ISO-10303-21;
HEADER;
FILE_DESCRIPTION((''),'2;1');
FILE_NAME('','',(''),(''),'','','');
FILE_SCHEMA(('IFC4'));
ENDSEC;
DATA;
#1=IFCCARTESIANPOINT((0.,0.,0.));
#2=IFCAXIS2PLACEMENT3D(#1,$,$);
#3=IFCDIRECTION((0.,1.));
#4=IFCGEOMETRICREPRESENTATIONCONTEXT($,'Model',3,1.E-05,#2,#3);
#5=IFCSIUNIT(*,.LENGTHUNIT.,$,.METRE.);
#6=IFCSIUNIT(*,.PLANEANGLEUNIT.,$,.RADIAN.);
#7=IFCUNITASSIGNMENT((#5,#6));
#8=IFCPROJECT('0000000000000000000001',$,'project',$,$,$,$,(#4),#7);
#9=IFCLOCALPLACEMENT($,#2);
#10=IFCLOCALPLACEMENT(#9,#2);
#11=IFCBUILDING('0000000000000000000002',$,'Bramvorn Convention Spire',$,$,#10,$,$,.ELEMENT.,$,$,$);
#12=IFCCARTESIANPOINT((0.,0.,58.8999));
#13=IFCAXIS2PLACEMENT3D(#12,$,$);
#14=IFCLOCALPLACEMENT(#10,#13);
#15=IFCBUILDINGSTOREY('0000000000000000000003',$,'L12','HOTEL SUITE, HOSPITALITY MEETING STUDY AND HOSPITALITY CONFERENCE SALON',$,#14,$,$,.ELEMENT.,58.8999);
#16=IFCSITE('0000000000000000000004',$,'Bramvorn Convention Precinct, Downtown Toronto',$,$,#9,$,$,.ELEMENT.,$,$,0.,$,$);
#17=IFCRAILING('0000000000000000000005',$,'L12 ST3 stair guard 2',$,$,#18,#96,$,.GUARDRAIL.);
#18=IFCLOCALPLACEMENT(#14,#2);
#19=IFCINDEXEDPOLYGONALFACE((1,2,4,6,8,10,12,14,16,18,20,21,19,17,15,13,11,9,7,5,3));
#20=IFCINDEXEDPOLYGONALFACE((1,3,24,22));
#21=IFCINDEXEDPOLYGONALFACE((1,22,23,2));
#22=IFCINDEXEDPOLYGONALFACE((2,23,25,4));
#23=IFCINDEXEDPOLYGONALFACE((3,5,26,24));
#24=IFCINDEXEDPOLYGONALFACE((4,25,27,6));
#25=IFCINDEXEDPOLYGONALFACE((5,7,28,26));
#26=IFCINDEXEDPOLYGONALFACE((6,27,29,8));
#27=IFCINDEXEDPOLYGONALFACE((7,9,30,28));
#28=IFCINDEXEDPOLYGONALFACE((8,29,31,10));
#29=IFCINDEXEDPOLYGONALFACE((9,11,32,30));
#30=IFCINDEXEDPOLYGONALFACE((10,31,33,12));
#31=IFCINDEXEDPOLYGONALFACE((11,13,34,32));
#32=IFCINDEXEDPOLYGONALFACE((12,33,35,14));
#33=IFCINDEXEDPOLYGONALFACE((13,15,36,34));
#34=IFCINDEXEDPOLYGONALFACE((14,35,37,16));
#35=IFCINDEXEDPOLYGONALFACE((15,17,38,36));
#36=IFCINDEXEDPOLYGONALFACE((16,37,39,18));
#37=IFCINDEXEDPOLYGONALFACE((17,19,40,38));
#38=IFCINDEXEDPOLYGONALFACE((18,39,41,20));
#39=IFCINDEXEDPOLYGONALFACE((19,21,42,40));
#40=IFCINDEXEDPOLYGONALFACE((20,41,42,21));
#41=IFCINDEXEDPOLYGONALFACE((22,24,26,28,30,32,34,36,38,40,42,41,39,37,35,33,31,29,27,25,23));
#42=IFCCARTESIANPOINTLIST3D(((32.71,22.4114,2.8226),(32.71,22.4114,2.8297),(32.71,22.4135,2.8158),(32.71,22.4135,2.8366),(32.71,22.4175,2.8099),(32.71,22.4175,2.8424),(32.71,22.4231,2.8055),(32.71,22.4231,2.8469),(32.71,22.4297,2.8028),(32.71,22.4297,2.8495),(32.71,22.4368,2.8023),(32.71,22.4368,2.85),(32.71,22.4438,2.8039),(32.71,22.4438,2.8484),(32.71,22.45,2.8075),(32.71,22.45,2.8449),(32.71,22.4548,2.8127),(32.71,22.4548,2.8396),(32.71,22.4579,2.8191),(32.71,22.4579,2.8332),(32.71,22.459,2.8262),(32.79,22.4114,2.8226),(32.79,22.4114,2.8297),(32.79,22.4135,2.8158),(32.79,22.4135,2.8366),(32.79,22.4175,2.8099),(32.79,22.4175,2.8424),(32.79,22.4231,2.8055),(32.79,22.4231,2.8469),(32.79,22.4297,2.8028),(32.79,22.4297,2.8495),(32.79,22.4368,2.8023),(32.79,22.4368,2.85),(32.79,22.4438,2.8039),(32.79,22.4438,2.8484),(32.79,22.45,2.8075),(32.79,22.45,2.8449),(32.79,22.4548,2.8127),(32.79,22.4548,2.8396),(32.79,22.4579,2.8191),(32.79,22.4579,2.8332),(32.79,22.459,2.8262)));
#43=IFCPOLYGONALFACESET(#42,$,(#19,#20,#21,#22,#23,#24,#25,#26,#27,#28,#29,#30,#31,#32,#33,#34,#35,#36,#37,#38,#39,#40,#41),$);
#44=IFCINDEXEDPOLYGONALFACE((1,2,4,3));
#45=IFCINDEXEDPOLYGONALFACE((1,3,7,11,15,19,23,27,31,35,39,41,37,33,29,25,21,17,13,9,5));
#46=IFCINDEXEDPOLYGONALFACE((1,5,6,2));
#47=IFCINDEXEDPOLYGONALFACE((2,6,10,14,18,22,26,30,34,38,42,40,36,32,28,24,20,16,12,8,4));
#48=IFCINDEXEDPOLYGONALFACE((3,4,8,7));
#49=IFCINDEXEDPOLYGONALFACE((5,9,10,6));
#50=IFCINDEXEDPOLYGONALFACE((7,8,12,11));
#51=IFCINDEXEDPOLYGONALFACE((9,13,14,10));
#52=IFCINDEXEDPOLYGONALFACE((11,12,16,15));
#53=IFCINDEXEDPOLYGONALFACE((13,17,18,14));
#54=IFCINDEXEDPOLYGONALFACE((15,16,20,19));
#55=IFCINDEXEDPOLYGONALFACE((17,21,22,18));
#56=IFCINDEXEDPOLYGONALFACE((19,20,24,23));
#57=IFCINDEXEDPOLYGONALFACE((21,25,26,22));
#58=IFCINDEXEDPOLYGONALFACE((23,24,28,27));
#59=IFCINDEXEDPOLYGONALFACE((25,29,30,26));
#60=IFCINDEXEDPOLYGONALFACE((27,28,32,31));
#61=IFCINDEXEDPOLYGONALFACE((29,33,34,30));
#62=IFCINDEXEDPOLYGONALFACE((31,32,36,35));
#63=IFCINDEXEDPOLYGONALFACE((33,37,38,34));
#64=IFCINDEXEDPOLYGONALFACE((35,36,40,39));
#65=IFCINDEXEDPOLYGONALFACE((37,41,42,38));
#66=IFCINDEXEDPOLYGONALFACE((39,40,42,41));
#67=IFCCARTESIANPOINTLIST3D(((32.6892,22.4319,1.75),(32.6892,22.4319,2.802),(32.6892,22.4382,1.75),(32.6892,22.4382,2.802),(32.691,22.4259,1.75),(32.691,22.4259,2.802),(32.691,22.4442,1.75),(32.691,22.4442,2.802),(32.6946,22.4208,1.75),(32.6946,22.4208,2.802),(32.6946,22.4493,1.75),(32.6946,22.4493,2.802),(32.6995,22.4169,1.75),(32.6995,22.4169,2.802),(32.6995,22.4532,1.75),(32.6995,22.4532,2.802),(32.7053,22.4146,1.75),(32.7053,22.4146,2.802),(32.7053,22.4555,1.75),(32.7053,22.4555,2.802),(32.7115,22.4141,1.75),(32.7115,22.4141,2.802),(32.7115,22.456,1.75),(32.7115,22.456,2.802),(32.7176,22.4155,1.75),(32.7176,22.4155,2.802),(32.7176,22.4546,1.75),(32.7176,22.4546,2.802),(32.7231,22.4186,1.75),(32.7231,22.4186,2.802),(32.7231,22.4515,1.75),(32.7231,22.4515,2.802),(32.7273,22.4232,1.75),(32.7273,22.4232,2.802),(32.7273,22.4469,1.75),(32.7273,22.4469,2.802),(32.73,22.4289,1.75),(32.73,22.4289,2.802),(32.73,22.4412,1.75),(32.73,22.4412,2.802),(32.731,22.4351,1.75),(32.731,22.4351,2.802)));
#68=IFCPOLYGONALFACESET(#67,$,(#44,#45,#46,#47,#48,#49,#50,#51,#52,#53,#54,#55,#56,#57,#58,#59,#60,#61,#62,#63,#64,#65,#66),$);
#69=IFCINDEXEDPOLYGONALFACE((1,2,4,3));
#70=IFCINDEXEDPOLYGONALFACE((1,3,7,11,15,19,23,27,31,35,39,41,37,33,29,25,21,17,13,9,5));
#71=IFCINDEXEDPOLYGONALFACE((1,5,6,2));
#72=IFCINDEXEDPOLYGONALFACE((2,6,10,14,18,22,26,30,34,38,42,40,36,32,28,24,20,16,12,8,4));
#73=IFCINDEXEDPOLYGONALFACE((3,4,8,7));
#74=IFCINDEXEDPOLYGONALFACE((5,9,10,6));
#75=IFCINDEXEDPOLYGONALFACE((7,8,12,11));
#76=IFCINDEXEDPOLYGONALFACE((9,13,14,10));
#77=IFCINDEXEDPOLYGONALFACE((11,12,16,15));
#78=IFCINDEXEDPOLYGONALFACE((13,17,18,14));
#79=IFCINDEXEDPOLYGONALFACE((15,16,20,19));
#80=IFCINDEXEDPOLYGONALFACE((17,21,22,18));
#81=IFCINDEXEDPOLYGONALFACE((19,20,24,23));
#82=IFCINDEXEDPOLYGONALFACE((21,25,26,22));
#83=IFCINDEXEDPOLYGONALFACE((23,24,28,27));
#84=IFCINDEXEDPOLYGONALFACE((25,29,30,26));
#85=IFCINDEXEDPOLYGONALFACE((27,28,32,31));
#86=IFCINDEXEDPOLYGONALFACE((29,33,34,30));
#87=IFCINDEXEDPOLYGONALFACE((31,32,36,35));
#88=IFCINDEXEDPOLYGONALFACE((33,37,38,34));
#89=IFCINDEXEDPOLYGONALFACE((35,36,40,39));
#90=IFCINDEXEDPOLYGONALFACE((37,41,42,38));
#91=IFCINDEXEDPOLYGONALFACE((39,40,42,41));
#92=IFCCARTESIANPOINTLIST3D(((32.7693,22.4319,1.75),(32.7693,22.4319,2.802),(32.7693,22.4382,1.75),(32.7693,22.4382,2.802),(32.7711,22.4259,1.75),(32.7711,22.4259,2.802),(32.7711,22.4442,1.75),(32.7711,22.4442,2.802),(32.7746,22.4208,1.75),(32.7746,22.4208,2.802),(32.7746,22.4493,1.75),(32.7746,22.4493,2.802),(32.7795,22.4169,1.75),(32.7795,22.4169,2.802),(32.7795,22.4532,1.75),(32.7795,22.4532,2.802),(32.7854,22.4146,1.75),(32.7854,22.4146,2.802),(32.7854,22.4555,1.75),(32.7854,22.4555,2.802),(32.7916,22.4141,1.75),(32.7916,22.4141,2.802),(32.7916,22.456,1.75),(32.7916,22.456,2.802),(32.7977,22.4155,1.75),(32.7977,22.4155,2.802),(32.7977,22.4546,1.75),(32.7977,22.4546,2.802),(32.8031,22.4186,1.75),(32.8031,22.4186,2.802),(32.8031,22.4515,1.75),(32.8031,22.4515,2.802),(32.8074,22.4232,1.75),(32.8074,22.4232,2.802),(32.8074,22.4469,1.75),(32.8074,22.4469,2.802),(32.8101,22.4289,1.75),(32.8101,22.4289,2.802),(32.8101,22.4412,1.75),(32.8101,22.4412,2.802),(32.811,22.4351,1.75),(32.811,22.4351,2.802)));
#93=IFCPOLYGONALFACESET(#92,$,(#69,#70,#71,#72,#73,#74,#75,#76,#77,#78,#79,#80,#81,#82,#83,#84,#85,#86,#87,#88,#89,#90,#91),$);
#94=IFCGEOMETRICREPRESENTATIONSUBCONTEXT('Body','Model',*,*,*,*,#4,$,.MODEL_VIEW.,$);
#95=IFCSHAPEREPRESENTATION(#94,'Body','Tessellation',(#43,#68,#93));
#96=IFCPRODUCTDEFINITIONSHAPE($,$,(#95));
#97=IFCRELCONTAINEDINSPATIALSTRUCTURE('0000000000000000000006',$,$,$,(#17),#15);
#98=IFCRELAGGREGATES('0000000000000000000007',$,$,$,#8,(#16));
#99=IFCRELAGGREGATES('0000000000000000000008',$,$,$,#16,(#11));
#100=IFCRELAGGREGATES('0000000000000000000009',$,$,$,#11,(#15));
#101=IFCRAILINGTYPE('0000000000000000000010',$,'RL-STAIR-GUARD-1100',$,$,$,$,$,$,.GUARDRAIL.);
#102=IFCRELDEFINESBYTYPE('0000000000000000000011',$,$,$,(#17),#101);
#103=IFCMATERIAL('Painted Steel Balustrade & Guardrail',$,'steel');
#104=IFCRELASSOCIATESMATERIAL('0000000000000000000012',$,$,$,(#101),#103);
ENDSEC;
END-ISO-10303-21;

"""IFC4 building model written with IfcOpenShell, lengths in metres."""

from ifc_helpers import new_model, si_unit, direction, frame, origin, origin_2d, place, context, subcontext, project, spatial, circle, extrude, material, type_object, element, save


model = new_model("IFC4")

# Units and contexts
model_context = context("Model", 3, precision=1e-05, world=origin(), true_north=direction((0.0, 1.0)))
body_context = subcontext(model_context, "Body", "Model", "MODEL_VIEW")
ifc_project = project(units=[si_unit("LENGTHUNIT", "METRE"), si_unit("PLANEANGLEUNIT", "RADIAN")], contexts=[model_context])

# Site, building, storey
site_placement = place(None, origin())
site = spatial("IfcSite", under=ifc_project, at=site_placement, Name="Bramvorn Convention Precinct, Downtown Toronto", CompositionType="ELEMENT", RefElevation=0.0)
building_placement = place(site_placement, origin())
building = spatial("IfcBuilding", under=site, at=building_placement, Name="Bramvorn Convention Spire", CompositionType="ELEMENT")
storey_placement = place(building_placement, frame((0.0, 0.0, 58.8999)))
storey = spatial("IfcBuildingStorey", under=building, at=storey_placement, Name="L12", Description="HOTEL SUITE, HOSPITALITY MEETING STUDY AND HOSPITALITY CONFERENCE SALON", CompositionType="ELEMENT", Elevation=58.8999)

# Railing
ifc_material_1 = material(Name="Painted Steel Balustrade & Guardrail", Category="steel")
railing_type_1 = type_object("IfcRailingType", Name="RL-STAIR-GUARD-1100", PredefinedType="GUARDRAIL", material=ifc_material_1)
railing_1_placement = place(storey_placement, frame((32.71, 22.4351, 1.75)))
element("IfcRailing", 1, at=railing_1_placement, inside=storey, type_object=railing_type_1, Name="L12 ST3 stair guard 2", PredefinedType="GUARDRAIL", context=body_context, shape_type="SweptSolid", body=[
    extrude(circle(Radius=0.0239, at=origin_2d()), frame((0.0, 0.0, 1.0762), z_axis=(1.0, 0.0, 0.0), x_axis=(0.0, 1.0, 0.0)), (0.0, 0.0, 1.0), 0.0801),
    extrude(circle(Radius=0.021, at=origin_2d()), origin(), (0.0, 0.0, 1.0), 1.052),
    extrude(circle(Radius=0.021, at=origin_2d()), frame((0.0801, 0.0, 0.0)), (0.0, 0.0, 1.0), 1.052),
])

save(model, "model.ifc")
